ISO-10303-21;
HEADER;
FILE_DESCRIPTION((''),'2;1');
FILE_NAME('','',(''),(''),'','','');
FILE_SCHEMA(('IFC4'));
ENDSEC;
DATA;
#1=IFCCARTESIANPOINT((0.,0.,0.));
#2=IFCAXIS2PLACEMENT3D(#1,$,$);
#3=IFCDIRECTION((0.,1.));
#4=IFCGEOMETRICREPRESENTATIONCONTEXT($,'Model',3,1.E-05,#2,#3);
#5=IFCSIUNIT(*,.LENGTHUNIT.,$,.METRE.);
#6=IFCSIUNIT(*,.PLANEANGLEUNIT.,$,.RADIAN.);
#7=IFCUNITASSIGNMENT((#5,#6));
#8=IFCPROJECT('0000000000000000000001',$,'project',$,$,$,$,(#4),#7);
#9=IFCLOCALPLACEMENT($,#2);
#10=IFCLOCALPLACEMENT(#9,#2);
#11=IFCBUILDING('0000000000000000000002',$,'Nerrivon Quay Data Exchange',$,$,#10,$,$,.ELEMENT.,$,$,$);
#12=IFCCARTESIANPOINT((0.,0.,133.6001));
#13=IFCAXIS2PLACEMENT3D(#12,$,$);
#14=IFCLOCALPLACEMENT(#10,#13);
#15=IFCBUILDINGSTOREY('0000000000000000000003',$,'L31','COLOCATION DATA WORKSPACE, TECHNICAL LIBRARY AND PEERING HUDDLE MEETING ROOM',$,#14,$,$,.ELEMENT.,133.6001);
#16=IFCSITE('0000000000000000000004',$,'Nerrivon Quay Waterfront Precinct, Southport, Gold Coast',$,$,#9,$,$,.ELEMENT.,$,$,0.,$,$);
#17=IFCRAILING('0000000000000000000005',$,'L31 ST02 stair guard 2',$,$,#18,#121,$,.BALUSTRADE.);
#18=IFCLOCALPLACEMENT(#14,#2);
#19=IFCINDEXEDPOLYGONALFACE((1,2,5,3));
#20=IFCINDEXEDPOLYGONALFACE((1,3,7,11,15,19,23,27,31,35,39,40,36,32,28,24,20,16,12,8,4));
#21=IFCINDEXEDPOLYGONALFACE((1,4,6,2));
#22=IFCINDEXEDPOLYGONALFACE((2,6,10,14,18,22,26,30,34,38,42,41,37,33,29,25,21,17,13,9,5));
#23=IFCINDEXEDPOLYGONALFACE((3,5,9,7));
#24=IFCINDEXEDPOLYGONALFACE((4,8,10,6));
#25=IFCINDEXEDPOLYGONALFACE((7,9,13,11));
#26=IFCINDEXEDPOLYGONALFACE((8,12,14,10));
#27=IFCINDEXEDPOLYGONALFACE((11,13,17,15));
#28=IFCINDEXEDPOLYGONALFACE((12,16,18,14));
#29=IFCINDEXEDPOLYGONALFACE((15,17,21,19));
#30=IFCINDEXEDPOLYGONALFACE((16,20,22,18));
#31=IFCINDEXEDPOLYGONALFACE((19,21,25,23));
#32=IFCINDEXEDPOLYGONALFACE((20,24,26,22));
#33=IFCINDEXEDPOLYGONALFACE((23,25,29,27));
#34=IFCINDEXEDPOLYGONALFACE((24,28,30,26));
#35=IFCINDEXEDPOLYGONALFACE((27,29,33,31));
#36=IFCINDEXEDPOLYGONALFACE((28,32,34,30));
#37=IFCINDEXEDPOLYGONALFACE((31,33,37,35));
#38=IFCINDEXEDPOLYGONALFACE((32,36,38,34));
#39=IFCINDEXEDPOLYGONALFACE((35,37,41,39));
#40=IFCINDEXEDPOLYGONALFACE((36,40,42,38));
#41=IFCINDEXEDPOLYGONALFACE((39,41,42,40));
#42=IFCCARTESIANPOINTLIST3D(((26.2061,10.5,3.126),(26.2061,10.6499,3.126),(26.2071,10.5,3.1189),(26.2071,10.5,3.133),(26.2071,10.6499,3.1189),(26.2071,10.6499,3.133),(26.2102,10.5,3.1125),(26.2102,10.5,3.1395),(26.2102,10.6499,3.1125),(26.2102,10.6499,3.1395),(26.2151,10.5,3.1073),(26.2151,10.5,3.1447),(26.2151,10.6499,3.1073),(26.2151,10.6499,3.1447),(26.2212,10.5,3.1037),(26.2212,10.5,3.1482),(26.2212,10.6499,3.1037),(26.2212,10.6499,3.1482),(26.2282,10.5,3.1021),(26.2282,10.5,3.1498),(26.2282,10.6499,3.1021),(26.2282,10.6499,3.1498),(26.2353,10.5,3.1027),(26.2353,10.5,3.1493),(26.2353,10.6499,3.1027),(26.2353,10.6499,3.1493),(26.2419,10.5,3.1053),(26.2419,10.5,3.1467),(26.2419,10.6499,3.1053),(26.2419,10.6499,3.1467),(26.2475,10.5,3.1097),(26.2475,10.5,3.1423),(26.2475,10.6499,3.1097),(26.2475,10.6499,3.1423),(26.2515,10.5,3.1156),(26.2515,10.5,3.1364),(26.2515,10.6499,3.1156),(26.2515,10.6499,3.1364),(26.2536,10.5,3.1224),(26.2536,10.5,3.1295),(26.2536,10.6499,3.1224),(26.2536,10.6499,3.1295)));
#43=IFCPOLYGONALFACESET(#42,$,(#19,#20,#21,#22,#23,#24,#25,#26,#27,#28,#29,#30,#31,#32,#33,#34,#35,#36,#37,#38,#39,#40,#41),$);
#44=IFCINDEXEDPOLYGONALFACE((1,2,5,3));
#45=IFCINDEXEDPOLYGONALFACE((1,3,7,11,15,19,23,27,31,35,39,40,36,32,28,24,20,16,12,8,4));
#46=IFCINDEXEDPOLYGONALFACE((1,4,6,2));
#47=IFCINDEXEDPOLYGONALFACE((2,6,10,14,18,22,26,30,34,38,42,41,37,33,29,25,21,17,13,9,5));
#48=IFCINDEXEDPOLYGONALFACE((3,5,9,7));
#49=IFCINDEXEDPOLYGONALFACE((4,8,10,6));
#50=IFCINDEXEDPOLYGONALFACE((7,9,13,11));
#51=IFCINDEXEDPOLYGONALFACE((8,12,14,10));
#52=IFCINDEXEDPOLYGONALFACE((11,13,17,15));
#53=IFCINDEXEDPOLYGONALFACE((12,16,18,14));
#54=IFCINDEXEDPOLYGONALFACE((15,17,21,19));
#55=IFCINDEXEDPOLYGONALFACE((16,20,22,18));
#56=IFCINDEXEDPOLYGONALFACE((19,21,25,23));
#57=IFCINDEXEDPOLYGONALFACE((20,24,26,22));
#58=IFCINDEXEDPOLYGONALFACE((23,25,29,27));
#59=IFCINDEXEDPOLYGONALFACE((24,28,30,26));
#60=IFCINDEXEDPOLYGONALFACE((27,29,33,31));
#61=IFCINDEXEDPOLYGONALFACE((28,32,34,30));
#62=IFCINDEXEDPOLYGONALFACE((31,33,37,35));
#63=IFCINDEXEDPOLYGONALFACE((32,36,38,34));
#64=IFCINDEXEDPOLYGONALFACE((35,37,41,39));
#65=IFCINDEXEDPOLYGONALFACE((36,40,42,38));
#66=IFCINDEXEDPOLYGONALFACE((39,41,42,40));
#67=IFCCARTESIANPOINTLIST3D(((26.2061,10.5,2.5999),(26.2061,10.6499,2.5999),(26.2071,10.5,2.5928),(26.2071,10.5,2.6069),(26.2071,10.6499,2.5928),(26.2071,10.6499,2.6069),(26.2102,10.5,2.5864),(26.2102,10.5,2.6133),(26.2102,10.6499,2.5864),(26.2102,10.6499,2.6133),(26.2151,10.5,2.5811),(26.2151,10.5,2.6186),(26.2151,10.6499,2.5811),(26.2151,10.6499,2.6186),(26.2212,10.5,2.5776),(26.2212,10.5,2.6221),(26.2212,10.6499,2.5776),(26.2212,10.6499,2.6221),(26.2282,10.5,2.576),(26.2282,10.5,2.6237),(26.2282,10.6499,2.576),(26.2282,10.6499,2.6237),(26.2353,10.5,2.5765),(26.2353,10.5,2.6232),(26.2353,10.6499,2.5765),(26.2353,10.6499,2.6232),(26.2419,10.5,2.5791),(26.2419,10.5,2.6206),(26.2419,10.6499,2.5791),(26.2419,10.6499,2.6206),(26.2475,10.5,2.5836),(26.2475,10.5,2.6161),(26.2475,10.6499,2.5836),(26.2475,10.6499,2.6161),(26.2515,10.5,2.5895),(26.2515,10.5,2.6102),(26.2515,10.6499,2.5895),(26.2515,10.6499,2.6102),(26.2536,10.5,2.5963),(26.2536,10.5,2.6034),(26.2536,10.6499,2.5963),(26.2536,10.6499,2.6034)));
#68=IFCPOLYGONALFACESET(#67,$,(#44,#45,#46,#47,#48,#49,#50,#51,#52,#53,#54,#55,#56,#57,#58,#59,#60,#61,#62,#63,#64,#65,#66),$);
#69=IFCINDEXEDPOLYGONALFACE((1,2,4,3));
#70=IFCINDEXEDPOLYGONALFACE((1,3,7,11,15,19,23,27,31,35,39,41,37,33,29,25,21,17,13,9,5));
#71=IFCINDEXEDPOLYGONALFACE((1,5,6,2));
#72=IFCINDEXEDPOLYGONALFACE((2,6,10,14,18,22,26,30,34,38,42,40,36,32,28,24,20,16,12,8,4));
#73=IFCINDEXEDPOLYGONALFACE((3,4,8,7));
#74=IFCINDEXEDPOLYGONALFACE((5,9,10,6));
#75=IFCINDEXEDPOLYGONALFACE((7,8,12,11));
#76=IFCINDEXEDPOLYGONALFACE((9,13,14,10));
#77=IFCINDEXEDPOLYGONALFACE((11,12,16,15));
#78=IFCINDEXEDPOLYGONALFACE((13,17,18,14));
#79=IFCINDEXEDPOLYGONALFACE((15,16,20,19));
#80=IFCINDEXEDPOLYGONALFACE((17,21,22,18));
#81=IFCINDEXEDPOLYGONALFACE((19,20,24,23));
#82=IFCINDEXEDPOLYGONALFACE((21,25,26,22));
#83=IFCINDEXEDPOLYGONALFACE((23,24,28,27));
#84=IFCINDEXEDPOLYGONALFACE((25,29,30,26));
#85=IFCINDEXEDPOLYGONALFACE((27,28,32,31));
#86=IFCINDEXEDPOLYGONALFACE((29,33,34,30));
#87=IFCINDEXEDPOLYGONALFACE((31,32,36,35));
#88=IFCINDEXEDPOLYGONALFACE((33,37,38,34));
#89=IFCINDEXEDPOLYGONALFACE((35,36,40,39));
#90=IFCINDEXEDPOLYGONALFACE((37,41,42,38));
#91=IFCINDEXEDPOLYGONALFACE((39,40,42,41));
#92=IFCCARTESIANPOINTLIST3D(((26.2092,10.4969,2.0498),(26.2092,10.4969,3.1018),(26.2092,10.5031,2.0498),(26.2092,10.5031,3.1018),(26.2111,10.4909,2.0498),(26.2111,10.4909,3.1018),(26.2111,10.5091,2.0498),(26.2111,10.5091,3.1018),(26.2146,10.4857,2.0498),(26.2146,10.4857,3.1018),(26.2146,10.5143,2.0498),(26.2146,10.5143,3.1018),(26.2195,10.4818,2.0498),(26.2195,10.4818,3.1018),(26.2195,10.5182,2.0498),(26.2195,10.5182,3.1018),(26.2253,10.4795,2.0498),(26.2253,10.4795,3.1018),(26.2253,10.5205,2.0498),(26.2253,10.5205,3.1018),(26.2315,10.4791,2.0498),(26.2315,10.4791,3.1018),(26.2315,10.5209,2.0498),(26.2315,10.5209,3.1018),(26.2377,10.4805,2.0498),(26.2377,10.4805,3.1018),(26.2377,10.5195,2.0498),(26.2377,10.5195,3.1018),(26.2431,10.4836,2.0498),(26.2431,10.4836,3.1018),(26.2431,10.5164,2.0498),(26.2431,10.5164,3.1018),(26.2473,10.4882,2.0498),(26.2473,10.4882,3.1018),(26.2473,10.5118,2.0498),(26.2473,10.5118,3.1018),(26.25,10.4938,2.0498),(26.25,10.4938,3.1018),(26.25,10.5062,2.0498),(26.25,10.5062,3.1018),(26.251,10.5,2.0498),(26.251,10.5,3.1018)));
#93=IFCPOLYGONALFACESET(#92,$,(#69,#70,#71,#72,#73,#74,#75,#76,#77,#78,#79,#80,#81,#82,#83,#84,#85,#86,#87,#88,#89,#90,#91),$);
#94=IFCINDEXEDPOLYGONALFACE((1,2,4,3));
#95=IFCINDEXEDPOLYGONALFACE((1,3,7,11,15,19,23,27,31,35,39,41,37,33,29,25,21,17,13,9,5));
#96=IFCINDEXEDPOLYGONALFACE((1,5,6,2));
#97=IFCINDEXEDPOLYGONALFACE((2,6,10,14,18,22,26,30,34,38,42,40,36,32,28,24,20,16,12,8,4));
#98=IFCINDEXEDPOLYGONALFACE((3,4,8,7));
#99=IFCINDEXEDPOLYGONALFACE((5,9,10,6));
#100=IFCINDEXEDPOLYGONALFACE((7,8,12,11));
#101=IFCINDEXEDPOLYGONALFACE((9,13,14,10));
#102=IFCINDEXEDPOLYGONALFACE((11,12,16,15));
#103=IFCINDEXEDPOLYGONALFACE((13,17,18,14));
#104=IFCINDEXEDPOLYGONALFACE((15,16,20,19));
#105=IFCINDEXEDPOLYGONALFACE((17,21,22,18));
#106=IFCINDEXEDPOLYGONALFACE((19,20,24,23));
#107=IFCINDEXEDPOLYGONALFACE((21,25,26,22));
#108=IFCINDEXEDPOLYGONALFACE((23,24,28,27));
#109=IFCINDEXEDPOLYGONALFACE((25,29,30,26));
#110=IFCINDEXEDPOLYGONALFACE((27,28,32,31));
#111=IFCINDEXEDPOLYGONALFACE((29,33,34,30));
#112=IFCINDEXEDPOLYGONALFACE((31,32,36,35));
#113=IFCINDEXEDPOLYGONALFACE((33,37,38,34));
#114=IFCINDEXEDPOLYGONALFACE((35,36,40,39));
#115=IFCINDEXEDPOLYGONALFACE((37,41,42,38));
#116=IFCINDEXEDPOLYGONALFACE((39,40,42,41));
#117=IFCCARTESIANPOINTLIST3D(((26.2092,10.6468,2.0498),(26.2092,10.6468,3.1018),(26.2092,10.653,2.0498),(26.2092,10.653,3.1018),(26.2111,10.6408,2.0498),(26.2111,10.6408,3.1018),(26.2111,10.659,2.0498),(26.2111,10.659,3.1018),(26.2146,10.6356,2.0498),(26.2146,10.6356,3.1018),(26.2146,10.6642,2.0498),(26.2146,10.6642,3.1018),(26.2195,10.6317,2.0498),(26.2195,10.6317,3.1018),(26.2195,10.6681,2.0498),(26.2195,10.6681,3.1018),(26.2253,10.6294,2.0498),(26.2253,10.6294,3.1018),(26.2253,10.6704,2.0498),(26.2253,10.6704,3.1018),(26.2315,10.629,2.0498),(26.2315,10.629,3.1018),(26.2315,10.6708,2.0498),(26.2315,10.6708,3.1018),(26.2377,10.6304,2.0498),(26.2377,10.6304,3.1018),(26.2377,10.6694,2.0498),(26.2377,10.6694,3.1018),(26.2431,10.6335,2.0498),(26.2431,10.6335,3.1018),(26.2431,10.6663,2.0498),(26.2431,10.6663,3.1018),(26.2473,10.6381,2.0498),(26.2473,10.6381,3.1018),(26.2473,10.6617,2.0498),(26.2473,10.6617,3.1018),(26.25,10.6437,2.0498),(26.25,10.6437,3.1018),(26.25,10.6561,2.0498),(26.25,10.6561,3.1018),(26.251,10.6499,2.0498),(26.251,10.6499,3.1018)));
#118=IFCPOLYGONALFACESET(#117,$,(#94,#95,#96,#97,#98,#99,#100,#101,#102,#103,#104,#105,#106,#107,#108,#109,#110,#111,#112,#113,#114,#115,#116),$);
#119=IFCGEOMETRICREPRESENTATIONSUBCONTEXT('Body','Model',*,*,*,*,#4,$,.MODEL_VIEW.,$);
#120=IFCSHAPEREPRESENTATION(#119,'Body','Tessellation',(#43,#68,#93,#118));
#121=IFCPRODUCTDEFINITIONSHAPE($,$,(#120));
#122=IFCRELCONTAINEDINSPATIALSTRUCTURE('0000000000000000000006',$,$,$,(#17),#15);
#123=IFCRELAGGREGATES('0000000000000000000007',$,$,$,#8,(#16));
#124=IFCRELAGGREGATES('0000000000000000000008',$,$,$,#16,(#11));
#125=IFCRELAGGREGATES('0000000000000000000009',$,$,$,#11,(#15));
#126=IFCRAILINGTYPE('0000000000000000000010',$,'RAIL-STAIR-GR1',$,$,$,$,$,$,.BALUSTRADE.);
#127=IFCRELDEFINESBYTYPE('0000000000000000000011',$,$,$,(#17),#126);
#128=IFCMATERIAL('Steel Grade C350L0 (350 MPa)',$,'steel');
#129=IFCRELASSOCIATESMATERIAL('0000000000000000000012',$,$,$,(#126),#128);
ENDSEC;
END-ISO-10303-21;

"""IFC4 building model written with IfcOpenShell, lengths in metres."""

from ifc_helpers import new_model, si_unit, direction, frame, origin, origin_2d, place, context, subcontext, project, spatial, circle, extrude, material, type_object, element, save


model = new_model("IFC4")

# Units and contexts
model_context = context("Model", 3, precision=1e-05, world=origin(), true_north=direction((0.0, 1.0)))
body_context = subcontext(model_context, "Body", "Model", "MODEL_VIEW")
ifc_project = project(units=[si_unit("LENGTHUNIT", "METRE"), si_unit("PLANEANGLEUNIT", "RADIAN")], contexts=[model_context])

# Site, building, storey
site_placement = place(None, origin())
site = spatial("IfcSite", under=ifc_project, at=site_placement, Name="Nerrivon Quay Waterfront Precinct, Southport, Gold Coast", CompositionType="ELEMENT", RefElevation=0.0)
building_placement = place(site_placement, origin())
building = spatial("IfcBuilding", under=site, at=building_placement, Name="Nerrivon Quay Data Exchange", CompositionType="ELEMENT")
storey_placement = place(building_placement, frame((0.0, 0.0, 133.6001)))
storey = spatial("IfcBuildingStorey", under=building, at=storey_placement, Name="L31", Description="COLOCATION DATA WORKSPACE, TECHNICAL LIBRARY AND PEERING HUDDLE MEETING ROOM", CompositionType="ELEMENT", Elevation=133.6001)

# Railing
ifc_material_1 = material(Name="Steel Grade C350L0 (350 MPa)", Category="steel")
railing_type_1 = type_object("IfcRailingType", Name="RAIL-STAIR-GR1", PredefinedType="BALUSTRADE", material=ifc_material_1)
railing_1_placement = place(storey_placement, frame((26.23, 10.5, 2.0498)))
element("IfcRailing", 1, at=railing_1_placement, inside=storey, type_object=railing_type_1, Name="L31 ST02 stair guard 2", PredefinedType="BALUSTRADE", context=body_context, shape_type="SweptSolid", body=[
    extrude(circle(Radius=0.0239, at=origin_2d()), frame((0.0, 0.0, 1.0762), z_axis=(0.0, 1.0, 0.0), x_axis=(-1.0, 0.0, 0.0)), (0.0, 0.0, 1.0), 0.1499),
    extrude(circle(Radius=0.0239, at=origin_2d()), frame((0.0, 0.0, 0.55), z_axis=(0.0, 1.0, 0.0), x_axis=(-1.0, 0.0, 0.0)), (0.0, 0.0, 1.0), 0.1499),
    extrude(circle(Radius=0.021, at=origin_2d()), origin(), (0.0, 0.0, 1.0), 1.052),
    extrude(circle(Radius=0.021, at=origin_2d()), frame((0.0, 0.1499, 0.0)), (0.0, 0.0, 1.0), 1.052),
])

save(model, "model.ifc")
